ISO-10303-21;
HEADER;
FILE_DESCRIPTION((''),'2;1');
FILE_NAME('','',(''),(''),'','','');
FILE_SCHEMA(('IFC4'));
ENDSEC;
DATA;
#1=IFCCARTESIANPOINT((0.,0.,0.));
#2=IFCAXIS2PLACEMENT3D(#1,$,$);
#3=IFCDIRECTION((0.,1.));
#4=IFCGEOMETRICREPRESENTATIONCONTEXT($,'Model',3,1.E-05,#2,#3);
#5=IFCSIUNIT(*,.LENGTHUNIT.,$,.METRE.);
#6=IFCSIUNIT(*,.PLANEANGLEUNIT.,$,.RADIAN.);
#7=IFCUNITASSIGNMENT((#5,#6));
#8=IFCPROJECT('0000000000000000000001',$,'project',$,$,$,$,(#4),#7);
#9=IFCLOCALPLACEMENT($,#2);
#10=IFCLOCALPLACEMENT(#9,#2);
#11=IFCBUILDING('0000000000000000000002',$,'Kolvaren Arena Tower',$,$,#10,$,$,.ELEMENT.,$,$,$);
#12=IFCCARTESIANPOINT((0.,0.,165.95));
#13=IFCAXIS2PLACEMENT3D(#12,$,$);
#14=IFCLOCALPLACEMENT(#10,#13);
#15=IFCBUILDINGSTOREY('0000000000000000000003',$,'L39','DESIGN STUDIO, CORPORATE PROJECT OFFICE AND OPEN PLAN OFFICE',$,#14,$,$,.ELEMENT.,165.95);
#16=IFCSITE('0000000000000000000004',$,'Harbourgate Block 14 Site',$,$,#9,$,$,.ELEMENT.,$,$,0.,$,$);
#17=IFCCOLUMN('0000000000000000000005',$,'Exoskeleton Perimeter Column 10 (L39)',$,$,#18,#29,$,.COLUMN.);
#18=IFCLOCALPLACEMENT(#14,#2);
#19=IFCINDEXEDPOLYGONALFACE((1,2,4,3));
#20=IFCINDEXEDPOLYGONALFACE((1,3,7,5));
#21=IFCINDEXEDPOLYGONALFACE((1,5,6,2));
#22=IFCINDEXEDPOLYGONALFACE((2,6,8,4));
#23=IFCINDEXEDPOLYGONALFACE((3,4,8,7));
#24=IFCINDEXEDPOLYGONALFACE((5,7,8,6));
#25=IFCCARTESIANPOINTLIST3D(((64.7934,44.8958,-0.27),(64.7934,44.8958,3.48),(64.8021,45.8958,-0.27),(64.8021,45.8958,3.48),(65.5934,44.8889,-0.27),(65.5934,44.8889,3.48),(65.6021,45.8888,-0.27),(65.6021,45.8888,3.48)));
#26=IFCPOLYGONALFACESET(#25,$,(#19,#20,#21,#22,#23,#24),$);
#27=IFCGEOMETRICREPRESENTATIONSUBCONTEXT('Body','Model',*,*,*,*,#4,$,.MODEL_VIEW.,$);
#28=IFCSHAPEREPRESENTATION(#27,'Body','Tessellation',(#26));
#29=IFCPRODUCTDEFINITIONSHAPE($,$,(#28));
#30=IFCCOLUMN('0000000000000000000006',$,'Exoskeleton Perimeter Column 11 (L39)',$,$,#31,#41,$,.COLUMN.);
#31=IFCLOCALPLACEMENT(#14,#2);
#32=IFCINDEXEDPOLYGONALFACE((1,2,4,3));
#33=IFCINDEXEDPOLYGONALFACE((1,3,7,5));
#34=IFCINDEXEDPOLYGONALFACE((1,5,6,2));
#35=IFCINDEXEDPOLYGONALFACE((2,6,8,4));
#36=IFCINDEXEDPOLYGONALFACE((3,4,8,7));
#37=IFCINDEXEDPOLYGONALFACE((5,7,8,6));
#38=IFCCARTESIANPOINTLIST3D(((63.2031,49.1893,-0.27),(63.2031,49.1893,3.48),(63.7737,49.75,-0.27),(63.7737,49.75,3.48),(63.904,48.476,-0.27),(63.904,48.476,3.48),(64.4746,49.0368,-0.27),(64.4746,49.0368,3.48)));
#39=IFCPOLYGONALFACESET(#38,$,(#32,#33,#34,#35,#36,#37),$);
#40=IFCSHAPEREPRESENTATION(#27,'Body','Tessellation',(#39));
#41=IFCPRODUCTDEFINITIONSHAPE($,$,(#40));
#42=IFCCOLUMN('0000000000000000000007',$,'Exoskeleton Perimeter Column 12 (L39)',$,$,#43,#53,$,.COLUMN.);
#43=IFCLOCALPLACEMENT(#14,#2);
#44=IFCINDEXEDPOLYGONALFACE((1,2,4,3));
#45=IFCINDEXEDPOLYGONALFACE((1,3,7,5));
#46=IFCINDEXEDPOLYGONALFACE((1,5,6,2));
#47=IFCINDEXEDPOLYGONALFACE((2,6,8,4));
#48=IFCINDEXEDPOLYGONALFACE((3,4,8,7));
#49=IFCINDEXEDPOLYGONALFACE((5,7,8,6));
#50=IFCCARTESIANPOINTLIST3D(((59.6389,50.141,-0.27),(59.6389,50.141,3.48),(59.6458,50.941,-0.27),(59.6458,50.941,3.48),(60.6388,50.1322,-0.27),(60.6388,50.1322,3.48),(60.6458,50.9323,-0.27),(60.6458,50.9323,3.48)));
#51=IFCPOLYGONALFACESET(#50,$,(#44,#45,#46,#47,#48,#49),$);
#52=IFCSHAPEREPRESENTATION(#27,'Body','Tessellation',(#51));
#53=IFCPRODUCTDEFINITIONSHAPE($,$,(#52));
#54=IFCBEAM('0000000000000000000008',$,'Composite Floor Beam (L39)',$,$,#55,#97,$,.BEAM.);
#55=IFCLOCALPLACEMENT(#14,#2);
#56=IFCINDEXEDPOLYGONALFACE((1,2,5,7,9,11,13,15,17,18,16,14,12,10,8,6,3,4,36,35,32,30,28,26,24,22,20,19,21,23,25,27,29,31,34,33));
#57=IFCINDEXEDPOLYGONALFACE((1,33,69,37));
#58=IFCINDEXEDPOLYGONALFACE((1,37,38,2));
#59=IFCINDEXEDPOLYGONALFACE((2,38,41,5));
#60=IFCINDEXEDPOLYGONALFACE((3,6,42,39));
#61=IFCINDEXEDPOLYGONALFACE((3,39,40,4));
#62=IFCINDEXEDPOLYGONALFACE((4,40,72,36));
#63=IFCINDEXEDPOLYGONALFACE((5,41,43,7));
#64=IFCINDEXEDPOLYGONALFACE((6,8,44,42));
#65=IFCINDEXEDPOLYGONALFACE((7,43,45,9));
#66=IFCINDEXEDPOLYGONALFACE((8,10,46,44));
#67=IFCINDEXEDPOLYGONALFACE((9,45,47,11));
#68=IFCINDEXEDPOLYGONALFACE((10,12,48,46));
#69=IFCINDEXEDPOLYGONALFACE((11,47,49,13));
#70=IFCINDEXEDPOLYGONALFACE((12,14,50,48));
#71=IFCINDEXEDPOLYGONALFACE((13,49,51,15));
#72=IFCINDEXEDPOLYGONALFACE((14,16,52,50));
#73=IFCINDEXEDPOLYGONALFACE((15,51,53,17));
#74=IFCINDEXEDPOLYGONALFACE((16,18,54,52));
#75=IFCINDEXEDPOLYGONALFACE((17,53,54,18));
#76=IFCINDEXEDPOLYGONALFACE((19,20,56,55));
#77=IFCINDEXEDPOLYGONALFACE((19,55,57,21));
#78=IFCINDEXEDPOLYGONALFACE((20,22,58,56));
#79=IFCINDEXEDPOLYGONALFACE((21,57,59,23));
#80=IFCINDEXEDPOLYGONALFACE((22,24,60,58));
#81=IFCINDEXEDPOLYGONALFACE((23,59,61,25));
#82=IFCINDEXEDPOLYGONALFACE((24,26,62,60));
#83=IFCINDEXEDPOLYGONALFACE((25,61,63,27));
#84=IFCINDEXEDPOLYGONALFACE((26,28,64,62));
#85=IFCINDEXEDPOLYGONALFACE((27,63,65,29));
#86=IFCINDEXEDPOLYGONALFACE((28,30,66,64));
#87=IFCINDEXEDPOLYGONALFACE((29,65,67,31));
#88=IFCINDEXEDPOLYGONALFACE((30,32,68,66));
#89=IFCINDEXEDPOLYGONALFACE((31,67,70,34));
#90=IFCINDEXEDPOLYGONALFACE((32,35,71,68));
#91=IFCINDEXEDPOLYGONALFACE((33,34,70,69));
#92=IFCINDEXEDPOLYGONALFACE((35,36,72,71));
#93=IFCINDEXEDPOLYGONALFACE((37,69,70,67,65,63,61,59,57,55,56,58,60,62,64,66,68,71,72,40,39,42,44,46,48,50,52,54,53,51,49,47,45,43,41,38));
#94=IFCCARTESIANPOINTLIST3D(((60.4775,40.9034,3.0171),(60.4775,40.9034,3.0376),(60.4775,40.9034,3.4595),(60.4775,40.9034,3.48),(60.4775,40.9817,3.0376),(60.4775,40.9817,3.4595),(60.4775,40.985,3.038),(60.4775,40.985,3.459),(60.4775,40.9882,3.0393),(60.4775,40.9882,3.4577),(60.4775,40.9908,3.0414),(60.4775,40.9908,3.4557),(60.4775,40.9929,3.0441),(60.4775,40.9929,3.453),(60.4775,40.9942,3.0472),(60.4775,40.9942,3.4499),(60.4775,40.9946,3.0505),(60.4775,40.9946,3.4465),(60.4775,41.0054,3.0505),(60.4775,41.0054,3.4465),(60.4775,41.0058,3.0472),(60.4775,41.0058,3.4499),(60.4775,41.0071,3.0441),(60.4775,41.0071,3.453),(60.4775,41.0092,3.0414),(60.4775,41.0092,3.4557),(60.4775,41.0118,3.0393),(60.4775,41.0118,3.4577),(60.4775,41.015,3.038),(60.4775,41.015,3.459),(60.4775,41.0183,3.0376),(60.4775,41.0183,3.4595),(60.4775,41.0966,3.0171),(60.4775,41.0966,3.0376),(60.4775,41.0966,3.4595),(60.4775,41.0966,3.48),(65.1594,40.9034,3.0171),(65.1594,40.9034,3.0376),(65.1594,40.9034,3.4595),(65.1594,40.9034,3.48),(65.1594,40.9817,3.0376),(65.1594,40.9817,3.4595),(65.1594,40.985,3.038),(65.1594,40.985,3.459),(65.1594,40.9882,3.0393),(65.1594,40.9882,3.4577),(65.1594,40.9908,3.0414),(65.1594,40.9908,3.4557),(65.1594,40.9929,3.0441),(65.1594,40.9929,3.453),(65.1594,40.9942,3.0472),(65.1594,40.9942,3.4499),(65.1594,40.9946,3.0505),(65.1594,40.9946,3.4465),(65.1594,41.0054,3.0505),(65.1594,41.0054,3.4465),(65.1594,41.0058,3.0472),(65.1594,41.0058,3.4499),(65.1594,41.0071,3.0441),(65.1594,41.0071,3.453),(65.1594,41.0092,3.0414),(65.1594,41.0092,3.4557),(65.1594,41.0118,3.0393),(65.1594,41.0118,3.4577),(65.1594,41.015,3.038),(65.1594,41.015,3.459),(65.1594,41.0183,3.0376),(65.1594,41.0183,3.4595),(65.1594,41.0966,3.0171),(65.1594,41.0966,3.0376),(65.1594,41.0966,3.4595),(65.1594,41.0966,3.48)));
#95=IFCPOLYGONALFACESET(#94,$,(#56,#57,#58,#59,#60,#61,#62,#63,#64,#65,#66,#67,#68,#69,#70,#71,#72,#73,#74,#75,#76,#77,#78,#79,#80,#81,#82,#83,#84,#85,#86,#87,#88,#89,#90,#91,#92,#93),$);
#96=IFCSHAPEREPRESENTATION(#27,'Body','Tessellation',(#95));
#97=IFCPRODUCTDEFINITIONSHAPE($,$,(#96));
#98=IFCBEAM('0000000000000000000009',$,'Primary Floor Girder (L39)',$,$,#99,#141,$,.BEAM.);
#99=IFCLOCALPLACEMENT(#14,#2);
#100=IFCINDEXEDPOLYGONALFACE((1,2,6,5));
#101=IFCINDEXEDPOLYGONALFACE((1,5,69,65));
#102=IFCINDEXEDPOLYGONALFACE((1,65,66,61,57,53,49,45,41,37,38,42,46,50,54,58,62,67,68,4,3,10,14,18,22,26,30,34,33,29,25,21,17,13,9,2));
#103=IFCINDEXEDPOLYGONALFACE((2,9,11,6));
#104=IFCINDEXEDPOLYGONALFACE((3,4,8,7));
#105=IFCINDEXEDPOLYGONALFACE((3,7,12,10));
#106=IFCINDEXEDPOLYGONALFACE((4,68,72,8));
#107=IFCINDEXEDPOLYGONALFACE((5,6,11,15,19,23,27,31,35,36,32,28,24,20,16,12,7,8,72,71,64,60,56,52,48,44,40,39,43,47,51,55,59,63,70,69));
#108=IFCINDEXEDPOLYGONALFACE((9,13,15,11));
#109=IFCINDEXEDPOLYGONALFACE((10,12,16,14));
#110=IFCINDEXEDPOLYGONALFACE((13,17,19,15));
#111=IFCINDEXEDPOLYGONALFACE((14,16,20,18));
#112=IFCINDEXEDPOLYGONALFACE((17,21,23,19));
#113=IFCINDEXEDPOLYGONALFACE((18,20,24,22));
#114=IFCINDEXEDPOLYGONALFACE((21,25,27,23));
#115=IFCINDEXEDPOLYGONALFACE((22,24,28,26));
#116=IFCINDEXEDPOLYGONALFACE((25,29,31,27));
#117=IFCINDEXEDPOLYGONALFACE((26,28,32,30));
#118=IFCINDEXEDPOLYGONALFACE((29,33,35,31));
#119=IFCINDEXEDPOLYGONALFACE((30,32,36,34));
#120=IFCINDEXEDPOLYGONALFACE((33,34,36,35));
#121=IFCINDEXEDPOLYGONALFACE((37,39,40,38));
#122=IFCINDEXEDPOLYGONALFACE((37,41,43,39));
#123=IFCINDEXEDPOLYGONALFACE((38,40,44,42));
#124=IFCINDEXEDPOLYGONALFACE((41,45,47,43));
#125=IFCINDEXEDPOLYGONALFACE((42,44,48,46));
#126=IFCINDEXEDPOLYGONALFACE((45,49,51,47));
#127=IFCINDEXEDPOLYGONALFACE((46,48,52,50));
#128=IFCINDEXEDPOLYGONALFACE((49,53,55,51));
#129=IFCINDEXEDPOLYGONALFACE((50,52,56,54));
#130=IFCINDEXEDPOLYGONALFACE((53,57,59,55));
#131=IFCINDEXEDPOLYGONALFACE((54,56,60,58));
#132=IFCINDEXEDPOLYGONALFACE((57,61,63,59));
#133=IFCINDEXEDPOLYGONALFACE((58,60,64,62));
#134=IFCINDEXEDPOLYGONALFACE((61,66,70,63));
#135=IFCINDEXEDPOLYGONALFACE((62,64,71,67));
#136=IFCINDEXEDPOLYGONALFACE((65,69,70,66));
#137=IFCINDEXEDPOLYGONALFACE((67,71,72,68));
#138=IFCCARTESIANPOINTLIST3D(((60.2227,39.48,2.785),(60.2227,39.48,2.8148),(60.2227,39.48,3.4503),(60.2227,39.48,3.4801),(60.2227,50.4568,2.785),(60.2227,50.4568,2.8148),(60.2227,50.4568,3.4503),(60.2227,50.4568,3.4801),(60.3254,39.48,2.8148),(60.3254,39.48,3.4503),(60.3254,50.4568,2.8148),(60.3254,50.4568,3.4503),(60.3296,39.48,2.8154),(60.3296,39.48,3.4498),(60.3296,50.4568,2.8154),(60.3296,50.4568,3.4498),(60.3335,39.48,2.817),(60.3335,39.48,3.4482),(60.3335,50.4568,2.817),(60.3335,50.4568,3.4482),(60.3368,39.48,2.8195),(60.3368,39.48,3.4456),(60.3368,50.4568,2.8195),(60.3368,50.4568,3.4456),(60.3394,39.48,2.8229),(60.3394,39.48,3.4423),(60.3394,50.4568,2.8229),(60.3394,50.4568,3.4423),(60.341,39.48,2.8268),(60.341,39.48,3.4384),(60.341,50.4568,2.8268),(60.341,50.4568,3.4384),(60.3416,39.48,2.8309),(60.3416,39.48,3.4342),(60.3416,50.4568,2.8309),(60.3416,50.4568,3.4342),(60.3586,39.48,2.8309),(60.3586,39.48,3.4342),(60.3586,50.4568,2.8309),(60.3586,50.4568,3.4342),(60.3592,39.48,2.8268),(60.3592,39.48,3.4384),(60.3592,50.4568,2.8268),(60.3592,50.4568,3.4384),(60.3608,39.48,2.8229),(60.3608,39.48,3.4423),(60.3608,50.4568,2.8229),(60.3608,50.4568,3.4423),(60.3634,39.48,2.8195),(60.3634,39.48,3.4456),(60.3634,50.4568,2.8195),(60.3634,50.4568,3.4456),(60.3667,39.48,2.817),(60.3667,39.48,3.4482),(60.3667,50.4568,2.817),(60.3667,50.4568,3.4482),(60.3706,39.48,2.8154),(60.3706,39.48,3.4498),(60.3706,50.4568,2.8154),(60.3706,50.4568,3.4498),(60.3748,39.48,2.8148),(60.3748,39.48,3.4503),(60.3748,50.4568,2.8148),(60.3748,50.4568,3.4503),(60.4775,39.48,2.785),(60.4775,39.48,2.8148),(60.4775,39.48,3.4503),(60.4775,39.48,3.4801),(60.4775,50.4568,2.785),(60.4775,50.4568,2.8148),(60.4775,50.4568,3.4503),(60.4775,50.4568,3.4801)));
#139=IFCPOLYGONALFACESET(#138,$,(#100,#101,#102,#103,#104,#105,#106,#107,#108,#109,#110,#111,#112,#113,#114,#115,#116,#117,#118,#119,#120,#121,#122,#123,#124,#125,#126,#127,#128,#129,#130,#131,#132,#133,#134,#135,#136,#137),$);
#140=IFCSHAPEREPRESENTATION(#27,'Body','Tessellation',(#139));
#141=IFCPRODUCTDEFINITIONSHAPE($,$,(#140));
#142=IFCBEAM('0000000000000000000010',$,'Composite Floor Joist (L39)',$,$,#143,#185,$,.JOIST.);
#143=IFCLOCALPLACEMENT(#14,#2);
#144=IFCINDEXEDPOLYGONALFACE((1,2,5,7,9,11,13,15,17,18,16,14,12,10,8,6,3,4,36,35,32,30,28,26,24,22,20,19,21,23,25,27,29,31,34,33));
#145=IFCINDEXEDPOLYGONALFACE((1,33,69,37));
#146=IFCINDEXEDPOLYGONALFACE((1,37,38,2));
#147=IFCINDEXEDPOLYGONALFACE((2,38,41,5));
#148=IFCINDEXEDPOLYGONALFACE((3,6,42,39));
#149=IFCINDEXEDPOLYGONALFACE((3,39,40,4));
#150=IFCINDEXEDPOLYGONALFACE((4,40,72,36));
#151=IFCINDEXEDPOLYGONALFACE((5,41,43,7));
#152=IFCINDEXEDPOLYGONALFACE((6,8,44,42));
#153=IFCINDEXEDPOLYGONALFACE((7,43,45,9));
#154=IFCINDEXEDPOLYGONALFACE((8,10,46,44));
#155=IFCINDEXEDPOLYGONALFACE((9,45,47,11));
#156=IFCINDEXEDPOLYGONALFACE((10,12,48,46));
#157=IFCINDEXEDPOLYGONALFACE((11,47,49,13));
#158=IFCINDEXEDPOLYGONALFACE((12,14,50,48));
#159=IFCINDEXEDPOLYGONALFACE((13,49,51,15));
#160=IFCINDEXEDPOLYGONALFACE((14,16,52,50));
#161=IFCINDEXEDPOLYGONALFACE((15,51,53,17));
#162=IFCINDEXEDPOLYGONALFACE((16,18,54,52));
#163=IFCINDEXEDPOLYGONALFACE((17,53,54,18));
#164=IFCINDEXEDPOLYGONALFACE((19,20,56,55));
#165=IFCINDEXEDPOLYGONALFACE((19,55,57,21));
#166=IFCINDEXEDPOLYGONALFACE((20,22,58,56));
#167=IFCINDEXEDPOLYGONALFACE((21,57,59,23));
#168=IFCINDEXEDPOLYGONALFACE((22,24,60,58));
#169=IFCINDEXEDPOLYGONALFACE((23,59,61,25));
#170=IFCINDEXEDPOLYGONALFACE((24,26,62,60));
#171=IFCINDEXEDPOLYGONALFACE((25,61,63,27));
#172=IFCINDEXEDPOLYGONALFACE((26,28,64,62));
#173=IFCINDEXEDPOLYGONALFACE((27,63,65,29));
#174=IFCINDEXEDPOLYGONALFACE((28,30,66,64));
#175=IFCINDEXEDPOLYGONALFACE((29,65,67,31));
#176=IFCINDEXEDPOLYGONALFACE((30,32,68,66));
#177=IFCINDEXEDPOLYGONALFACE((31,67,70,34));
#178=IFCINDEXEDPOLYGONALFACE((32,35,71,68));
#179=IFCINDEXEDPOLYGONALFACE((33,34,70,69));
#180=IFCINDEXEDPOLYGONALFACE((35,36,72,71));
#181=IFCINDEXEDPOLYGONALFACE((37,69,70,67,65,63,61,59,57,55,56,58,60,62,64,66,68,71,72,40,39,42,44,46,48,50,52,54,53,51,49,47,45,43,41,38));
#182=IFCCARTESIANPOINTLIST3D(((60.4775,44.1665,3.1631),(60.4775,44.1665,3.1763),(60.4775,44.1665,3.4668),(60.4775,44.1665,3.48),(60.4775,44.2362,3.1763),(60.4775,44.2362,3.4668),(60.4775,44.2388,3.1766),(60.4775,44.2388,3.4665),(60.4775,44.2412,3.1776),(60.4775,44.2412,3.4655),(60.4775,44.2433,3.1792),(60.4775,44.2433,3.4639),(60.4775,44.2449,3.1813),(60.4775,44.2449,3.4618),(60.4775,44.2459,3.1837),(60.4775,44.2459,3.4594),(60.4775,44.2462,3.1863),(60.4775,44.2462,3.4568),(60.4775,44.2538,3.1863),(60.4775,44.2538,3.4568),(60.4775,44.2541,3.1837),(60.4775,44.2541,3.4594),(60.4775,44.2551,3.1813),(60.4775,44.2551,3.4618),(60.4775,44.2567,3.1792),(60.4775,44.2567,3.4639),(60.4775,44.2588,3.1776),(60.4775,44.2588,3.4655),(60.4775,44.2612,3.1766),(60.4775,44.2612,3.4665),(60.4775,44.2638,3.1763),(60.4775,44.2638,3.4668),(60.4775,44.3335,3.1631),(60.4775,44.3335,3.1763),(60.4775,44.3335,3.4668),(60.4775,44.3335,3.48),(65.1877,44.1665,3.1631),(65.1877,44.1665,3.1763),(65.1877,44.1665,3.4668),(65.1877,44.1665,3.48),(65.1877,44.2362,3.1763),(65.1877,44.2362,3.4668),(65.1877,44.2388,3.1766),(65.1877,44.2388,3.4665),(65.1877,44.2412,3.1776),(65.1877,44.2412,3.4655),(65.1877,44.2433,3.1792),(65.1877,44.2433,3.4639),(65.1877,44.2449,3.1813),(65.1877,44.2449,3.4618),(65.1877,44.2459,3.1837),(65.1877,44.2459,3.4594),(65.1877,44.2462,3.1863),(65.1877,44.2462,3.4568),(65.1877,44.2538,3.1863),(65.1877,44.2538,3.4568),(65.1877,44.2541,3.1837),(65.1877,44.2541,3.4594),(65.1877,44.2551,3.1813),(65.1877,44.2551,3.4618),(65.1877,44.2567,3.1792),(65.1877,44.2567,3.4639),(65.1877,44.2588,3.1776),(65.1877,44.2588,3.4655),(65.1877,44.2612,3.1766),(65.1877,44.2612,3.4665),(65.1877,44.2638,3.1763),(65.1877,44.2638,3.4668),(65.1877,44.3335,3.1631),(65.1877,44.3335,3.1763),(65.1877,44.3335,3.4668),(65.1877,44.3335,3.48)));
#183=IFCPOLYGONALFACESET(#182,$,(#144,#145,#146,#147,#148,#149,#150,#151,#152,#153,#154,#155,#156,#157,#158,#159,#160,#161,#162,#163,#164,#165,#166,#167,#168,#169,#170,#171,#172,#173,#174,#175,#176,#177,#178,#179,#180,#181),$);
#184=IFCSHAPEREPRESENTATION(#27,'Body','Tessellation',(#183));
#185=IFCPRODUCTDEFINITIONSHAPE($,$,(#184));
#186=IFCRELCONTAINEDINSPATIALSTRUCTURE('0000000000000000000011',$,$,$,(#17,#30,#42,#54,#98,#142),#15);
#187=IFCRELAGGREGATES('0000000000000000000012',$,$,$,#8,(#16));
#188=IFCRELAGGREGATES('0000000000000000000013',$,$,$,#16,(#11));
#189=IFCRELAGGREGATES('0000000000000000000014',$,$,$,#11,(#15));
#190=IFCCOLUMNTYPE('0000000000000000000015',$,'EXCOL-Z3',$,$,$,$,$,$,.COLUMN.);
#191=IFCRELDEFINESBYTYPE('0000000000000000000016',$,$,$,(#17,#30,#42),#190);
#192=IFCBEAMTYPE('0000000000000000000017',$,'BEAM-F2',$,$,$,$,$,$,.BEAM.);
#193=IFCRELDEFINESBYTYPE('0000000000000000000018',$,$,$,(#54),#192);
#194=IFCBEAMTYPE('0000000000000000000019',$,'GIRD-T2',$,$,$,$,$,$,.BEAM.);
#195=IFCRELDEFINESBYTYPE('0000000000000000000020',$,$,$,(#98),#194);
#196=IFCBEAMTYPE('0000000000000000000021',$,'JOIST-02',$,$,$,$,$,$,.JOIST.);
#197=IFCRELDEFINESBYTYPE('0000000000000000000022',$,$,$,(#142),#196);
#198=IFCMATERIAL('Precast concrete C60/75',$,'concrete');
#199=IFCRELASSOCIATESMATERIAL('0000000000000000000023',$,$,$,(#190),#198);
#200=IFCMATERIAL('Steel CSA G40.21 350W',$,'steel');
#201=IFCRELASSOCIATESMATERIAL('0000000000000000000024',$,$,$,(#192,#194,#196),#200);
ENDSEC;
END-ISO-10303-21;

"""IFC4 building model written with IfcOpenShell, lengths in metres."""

from ifc_helpers import new_model, si_unit, direction, frame, origin, origin_2d, place, context, subcontext, project, spatial, rectangle, i_section, extrude, material, material_profile, profile_set, type_object, element, save


model = new_model("IFC4")

# Units and contexts
model_context = context("Model", 3, precision=1e-05, world=origin(), true_north=direction((0.0, 1.0)))
body_context = subcontext(model_context, "Body", "Model", "MODEL_VIEW")
ifc_project = project(units=[si_unit("LENGTHUNIT", "METRE"), si_unit("PLANEANGLEUNIT", "RADIAN")], contexts=[model_context])

# Site, building, storey
site_placement = place(None, origin())
site = spatial("IfcSite", under=ifc_project, at=site_placement, Name="Harbourgate Block 14 Site", CompositionType="ELEMENT", RefElevation=0.0)
building_placement = place(site_placement, origin())
building = spatial("IfcBuilding", under=site, at=building_placement, Name="Kolvaren Arena Tower", CompositionType="ELEMENT")
storey_placement = place(building_placement, frame((0.0, 0.0, 165.95)))
storey = spatial("IfcBuildingStorey", under=building, at=storey_placement, Name="L39", Description="DESIGN STUDIO, CORPORATE PROJECT OFFICE AND OPEN PLAN OFFICE", CompositionType="ELEMENT", Elevation=165.95)

# Columns
ifc_material_1 = material(Name="Precast concrete C60/75", Category="concrete")
ifc_material_profile_1 = material_profile(ifc_material_1, rectangle(XDim=1.0, YDim=0.8, at=origin_2d()), Name="RC-1000x800")
ifc_profile_set_1 = profile_set([ifc_material_profile_1], Name="Precast concrete C60/75")
column_type = type_object("IfcColumnType", Name="EXCOL-Z3", PredefinedType="COLUMN", material=ifc_profile_set_1)
for number, where, z_axis, x_axis, name in (
    (1, (65.1978, 45.3923, -0.27), (0.0, 0.0, 1.0), (0.008727, 0.999962, 0.0), "Exoskeleton Perimeter Column 10 (L39)"),
    (2, (63.8389, 49.113, -0.27), (0.0, 0.0, 1.0), (-0.700909, 0.71325, 0.0), "Exoskeleton Perimeter Column 11 (L39)"),
    (3, (60.1423, 50.5366, -0.27), (0.0, 0.0, 1.0), (0.999962, -0.008727, 0.0), "Exoskeleton Perimeter Column 12 (L39)"),
):
    element("IfcColumn", number, at=place(storey_placement, frame(where, z_axis=z_axis, x_axis=x_axis)), inside=storey, type_object=column_type, Name=name, PredefinedType="COLUMN", context=body_context, shape_type="SweptSolid", body=[
        extrude(rectangle(XDim=1.0, YDim=0.8, at=origin_2d()), origin(), (0.0, 0.0, 1.0), 3.75),
    ])

# Beams
ifc_material_2 = material(Name="Steel CSA G40.21 350W", Category="steel")
ifc_material_profile_2 = material_profile(ifc_material_2, i_section(OverallWidth=0.1931, OverallDepth=0.4629, WebThickness=0.0107, FlangeThickness=0.0205, FilletRadius=0.0129, at=origin_2d()), Name="W460x113")
ifc_profile_set_2 = profile_set([ifc_material_profile_2], Name="Steel CSA G40.21 350W")
beam_type_1 = type_object("IfcBeamType", Name="BEAM-F2", PredefinedType="BEAM", material=ifc_profile_set_2)
beam_1_placement = place(storey_placement, frame((60.4775, 41.0, 3.2485), z_axis=(1.0, 0.0, 0.0), x_axis=(0.0, 1.0, 0.0)))
element("IfcBeam", 4, at=beam_1_placement, inside=storey, type_object=beam_type_1, Name="Composite Floor Beam (L39)", PredefinedType="BEAM", context=body_context, shape_type="SweptSolid", body=[
    extrude(i_section(OverallWidth=0.1931, OverallDepth=0.4629, WebThickness=0.0107, FlangeThickness=0.0205, FilletRadius=0.0129, at=origin_2d()), origin(), (0.0, 0.0, 1.0), 4.6819),
])
ifc_material_profile_3 = material_profile(ifc_material_2, i_section(OverallWidth=0.2549, OverallDepth=0.6951, WebThickness=0.0171, FlangeThickness=0.0298, FilletRadius=0.0161, at=origin_2d()), Name="W690x217")
ifc_profile_set_3 = profile_set([ifc_material_profile_3], Name="Steel CSA G40.21 350W")
beam_type_2 = type_object("IfcBeamType", Name="GIRD-T2", PredefinedType="BEAM", material=ifc_profile_set_3)
beam_2_placement = place(storey_placement, frame((60.3501, 39.48, 3.1326), z_axis=(0.0, 1.0, 0.0), x_axis=(-1.0, 0.0, 0.0)))
element("IfcBeam", 5, at=beam_2_placement, inside=storey, type_object=beam_type_2, Name="Primary Floor Girder (L39)", PredefinedType="BEAM", context=body_context, shape_type="SweptSolid", body=[
    extrude(i_section(OverallWidth=0.2549, OverallDepth=0.6951, WebThickness=0.0171, FlangeThickness=0.0298, FilletRadius=0.0161, at=origin_2d()), origin(), (0.0, 0.0, 1.0), 10.9768),
])
ifc_material_profile_4 = material_profile(ifc_material_2, i_section(OverallWidth=0.167, OverallDepth=0.3169, WebThickness=0.0076, FlangeThickness=0.0132, FilletRadius=0.01, at=origin_2d()), Name="W310x52")
ifc_profile_set_4 = profile_set([ifc_material_profile_4], Name="Steel CSA G40.21 350W")
beam_type_3 = type_object("IfcBeamType", Name="JOIST-02", PredefinedType="JOIST", material=ifc_profile_set_4)
beam_3_placement = place(storey_placement, frame((60.4775, 44.25, 3.3215), z_axis=(1.0, 0.0, 0.0), x_axis=(0.0, 1.0, 0.0)))
element("IfcBeam", 6, at=beam_3_placement, inside=storey, type_object=beam_type_3, Name="Composite Floor Joist (L39)", PredefinedType="JOIST", context=body_context, shape_type="SweptSolid", body=[
    extrude(i_section(OverallWidth=0.167, OverallDepth=0.3169, WebThickness=0.0076, FlangeThickness=0.0132, FilletRadius=0.01, at=origin_2d()), origin(), (0.0, 0.0, 1.0), 4.7102),
])

save(model, "model.ifc")
